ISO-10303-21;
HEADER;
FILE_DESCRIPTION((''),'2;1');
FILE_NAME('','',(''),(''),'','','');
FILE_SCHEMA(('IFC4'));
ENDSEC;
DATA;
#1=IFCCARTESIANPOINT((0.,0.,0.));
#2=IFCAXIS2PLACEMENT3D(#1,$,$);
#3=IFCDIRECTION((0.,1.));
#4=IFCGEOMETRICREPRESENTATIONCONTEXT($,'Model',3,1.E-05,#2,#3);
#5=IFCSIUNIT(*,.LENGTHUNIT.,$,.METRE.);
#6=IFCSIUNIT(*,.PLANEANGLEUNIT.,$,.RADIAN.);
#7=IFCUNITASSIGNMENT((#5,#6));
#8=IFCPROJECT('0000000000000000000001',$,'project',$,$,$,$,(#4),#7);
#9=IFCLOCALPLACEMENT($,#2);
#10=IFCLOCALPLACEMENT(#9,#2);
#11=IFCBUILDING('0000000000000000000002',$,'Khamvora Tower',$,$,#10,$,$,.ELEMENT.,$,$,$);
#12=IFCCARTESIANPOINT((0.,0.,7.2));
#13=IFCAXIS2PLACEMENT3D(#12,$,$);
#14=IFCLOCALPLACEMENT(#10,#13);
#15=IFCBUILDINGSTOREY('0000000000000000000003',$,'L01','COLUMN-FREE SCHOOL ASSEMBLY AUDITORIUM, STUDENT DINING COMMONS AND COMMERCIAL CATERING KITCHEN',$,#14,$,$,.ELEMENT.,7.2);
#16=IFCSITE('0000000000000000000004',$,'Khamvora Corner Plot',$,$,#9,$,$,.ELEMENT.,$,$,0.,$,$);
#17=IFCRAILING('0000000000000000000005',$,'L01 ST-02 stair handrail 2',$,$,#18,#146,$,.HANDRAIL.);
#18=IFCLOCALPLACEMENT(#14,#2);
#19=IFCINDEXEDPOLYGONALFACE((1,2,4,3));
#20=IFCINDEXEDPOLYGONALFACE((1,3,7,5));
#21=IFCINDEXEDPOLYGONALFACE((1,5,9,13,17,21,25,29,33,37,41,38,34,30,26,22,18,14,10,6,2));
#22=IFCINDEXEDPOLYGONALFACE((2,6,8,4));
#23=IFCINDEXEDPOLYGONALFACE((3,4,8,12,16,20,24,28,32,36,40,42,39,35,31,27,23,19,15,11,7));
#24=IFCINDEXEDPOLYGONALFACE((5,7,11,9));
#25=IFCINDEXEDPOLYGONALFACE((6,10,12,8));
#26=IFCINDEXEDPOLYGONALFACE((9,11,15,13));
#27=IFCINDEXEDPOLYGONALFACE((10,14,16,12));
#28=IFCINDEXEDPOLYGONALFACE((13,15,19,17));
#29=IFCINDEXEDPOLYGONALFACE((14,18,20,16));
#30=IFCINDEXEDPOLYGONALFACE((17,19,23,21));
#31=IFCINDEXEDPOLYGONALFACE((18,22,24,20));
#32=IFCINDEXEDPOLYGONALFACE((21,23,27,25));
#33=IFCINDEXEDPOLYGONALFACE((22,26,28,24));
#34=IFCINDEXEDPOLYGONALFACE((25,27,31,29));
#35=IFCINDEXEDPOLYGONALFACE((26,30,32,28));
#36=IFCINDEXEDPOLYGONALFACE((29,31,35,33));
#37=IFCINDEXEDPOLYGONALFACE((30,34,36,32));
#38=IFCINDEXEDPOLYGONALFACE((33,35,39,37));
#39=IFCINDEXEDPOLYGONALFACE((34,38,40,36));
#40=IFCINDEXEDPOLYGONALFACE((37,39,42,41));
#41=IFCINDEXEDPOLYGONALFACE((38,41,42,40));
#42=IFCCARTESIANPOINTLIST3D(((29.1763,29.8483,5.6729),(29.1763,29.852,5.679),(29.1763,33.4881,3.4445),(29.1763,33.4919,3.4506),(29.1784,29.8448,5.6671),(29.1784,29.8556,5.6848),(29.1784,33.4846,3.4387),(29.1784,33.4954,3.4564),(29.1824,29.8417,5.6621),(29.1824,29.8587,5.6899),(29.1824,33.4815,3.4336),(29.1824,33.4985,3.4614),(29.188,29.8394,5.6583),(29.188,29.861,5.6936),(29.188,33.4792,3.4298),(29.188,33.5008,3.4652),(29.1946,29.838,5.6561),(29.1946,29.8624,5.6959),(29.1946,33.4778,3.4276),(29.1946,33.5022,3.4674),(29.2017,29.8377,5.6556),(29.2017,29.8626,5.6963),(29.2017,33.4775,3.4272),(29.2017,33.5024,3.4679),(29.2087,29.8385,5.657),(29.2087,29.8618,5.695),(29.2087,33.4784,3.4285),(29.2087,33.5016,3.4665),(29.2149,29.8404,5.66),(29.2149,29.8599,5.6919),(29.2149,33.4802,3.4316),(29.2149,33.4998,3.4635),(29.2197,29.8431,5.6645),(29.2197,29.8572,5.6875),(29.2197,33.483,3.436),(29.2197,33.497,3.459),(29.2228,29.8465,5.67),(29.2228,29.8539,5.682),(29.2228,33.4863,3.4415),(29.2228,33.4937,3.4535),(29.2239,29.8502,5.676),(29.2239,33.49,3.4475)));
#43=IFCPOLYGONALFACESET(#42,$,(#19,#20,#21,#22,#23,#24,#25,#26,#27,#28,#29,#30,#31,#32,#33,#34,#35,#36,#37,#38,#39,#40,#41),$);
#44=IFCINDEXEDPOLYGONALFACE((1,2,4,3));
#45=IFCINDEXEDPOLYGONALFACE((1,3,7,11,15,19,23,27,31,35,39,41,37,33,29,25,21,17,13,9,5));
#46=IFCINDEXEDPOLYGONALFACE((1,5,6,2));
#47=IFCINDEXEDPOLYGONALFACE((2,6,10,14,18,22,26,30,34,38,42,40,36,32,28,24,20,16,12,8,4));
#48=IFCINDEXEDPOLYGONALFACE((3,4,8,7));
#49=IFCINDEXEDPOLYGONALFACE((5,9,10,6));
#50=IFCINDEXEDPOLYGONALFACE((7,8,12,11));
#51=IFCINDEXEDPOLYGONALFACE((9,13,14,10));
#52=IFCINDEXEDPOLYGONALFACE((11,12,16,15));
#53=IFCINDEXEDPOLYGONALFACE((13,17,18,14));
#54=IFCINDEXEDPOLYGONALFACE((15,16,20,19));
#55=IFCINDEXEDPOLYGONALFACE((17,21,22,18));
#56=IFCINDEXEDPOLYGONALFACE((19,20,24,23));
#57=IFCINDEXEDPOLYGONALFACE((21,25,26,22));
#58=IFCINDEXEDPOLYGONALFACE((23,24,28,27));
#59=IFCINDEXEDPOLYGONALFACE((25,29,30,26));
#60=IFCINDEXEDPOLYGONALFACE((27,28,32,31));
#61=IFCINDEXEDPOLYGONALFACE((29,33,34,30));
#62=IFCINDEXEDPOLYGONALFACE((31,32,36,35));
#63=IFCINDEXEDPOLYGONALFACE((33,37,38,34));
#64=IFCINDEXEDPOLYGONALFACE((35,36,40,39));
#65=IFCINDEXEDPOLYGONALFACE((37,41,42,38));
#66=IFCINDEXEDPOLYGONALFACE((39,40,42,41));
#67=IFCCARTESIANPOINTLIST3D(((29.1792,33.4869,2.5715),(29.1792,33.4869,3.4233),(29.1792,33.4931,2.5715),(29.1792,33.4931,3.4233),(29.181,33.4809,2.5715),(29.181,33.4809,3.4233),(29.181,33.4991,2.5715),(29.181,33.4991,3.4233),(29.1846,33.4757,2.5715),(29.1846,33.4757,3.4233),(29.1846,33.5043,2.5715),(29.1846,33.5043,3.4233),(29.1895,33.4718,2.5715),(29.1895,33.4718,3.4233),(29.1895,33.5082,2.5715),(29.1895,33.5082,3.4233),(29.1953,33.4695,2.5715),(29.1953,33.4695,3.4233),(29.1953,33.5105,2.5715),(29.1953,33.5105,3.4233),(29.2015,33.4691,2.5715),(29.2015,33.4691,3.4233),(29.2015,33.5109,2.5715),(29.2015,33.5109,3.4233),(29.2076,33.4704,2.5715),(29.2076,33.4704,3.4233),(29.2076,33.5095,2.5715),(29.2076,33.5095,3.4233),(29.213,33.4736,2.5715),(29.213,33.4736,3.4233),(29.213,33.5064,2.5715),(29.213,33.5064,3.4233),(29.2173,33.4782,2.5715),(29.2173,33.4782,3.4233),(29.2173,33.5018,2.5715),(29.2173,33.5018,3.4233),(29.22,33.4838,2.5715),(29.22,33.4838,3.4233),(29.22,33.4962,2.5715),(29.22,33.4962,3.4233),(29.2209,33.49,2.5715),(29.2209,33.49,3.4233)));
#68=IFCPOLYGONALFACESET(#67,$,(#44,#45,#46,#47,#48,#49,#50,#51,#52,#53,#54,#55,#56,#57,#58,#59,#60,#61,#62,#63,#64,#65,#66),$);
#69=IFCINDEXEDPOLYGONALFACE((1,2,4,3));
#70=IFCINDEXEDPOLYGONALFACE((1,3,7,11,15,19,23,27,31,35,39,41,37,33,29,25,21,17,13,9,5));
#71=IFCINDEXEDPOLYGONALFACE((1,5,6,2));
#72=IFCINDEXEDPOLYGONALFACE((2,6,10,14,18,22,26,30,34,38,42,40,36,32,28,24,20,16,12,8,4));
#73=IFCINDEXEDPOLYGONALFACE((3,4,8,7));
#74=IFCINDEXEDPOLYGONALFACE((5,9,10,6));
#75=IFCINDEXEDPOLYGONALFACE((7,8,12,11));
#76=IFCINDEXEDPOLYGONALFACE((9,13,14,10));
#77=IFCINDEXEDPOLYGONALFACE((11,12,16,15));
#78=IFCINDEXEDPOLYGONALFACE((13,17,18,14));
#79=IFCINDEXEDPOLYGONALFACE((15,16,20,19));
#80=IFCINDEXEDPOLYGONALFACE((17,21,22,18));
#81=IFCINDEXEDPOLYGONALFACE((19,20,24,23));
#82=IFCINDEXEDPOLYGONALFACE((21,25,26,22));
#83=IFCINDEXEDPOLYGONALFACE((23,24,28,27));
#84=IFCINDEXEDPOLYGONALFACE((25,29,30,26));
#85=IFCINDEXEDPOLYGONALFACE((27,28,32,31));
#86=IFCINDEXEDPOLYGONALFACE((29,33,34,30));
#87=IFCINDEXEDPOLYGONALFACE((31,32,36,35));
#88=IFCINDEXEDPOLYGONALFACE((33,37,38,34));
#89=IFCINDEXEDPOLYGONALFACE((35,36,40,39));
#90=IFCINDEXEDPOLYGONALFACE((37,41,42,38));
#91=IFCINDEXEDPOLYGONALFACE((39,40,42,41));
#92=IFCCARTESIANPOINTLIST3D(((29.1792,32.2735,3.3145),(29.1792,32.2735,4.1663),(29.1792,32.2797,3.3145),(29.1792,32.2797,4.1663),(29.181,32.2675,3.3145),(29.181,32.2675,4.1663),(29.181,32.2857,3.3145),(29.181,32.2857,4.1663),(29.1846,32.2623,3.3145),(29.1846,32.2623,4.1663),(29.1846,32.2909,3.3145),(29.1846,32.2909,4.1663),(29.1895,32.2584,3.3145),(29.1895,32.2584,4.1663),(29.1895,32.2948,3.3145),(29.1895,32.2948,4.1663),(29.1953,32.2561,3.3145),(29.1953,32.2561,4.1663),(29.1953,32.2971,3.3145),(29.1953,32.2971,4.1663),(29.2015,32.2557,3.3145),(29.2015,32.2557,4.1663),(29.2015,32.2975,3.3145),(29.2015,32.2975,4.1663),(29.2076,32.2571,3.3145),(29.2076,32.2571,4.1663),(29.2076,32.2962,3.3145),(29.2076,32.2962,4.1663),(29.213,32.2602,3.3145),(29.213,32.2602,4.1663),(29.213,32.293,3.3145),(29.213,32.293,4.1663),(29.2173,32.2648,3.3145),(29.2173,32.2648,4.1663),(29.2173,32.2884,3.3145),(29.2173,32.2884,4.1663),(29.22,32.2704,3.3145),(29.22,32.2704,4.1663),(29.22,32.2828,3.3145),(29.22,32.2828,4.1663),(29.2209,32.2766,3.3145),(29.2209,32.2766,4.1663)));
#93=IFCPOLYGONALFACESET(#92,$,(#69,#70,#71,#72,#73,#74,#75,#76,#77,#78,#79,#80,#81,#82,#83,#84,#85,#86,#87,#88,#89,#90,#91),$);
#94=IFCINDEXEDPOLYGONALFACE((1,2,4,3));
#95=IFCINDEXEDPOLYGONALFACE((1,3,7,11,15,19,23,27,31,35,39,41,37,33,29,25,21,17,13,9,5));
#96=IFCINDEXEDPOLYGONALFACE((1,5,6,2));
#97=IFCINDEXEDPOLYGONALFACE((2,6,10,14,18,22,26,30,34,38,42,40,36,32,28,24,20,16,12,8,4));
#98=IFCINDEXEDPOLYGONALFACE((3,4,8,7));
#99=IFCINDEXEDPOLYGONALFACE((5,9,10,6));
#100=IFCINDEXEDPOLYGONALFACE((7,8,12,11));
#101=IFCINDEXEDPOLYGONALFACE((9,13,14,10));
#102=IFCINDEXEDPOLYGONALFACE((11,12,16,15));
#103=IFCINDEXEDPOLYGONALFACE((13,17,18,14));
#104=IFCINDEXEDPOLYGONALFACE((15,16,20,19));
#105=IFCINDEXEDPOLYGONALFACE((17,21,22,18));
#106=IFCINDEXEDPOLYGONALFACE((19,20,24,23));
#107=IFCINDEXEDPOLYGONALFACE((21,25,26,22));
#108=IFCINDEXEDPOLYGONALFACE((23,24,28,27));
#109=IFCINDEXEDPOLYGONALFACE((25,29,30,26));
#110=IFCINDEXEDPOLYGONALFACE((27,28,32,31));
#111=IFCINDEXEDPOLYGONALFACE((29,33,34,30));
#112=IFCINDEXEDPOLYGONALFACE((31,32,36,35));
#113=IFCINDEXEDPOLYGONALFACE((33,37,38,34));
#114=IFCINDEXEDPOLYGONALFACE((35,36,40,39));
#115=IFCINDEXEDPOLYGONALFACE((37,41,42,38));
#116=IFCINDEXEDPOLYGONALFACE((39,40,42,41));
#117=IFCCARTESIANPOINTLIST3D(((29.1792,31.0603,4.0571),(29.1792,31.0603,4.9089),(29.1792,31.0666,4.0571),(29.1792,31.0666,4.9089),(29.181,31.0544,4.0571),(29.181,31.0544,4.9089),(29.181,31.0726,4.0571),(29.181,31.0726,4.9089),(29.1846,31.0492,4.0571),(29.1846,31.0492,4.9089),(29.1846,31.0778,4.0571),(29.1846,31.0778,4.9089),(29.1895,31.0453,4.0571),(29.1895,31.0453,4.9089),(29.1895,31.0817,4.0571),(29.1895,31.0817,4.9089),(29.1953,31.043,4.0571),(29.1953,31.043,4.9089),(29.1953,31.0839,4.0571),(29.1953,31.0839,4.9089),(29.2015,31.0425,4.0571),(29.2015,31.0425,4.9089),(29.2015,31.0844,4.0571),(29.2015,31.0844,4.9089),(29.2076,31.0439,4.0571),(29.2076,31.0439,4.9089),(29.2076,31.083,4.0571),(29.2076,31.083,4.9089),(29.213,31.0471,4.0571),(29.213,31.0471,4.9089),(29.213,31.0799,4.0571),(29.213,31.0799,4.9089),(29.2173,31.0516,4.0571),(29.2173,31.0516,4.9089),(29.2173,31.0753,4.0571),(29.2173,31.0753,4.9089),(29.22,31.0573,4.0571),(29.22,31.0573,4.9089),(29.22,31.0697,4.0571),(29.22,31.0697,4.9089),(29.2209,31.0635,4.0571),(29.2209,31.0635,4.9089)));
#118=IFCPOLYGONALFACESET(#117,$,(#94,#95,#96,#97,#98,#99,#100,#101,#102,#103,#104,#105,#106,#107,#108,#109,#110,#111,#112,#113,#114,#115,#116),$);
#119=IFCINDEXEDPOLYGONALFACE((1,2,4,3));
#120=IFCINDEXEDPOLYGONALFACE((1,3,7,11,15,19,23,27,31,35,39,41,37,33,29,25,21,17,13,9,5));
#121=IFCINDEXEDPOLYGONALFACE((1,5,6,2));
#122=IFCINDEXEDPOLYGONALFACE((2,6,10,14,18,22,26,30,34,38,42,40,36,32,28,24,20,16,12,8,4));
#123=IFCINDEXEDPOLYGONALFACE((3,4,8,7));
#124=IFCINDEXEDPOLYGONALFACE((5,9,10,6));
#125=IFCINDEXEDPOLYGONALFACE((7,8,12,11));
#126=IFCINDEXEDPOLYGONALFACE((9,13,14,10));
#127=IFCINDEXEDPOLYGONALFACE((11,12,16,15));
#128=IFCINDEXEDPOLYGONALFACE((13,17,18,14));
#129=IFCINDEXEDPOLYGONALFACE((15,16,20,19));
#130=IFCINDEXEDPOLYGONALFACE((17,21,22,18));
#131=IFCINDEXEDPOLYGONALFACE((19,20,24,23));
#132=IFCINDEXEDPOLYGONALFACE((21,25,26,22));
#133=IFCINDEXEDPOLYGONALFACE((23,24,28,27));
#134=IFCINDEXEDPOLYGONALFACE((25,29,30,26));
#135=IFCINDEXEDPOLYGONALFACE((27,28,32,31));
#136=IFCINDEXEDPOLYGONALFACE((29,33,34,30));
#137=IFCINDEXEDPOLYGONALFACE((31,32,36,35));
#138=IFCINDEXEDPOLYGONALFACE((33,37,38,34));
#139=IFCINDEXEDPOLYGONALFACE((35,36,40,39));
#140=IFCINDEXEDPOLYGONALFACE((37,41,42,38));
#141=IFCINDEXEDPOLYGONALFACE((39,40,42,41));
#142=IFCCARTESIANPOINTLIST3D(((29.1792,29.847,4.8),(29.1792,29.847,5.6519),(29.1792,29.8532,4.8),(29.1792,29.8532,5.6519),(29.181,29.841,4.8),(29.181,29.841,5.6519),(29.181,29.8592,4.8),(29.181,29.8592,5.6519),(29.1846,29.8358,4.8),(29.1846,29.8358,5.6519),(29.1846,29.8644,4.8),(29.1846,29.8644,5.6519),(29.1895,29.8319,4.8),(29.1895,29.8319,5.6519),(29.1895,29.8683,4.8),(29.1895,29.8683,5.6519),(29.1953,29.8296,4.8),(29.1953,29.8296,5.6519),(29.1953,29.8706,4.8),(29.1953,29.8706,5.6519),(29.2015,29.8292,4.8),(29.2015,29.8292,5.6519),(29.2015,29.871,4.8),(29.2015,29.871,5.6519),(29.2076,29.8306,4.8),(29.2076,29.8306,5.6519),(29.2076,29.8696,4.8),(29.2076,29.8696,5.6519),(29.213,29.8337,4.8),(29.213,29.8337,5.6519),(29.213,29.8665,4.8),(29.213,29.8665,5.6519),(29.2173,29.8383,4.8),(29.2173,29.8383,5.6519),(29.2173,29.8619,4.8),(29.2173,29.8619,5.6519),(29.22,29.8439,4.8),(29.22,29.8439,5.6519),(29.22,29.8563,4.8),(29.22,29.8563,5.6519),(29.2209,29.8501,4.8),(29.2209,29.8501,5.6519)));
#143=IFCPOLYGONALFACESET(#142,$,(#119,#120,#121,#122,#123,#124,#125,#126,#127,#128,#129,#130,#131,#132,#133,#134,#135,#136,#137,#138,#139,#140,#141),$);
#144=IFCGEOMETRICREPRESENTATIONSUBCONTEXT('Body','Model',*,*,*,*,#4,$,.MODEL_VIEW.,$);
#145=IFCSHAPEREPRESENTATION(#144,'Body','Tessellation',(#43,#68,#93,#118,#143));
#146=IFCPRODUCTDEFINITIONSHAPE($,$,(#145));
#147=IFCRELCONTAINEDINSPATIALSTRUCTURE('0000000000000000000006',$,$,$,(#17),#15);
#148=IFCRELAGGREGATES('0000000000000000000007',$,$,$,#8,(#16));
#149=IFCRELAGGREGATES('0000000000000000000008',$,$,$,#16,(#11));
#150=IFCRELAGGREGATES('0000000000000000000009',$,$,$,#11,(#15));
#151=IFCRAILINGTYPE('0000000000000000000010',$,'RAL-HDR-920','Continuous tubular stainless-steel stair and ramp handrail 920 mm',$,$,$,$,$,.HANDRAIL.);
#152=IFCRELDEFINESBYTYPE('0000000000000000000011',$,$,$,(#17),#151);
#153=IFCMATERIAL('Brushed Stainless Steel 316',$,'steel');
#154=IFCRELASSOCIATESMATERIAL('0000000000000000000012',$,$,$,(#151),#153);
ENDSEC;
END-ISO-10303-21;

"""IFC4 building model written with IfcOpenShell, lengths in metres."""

from ifc_helpers import new_model, si_unit, direction, frame, origin, origin_2d, place, context, subcontext, project, spatial, circle, extrude, material, type_object, element, save


model = new_model("IFC4")

# Units and contexts
model_context = context("Model", 3, precision=1e-05, world=origin(), true_north=direction((0.0, 1.0)))
body_context = subcontext(model_context, "Body", "Model", "MODEL_VIEW")
ifc_project = project(units=[si_unit("LENGTHUNIT", "METRE"), si_unit("PLANEANGLEUNIT", "RADIAN")], contexts=[model_context])

# Site, building, storey
site_placement = place(None, origin())
site = spatial("IfcSite", under=ifc_project, at=site_placement, Name="Khamvora Corner Plot", CompositionType="ELEMENT", RefElevation=0.0)
building_placement = place(site_placement, origin())
building = spatial("IfcBuilding", under=site, at=building_placement, Name="Khamvora Tower", CompositionType="ELEMENT")
storey_placement = place(building_placement, frame((0.0, 0.0, 7.2)))
storey = spatial("IfcBuildingStorey", under=building, at=storey_placement, Name="L01", Description="COLUMN-FREE SCHOOL ASSEMBLY AUDITORIUM, STUDENT DINING COMMONS AND COMMERCIAL CATERING KITCHEN", CompositionType="ELEMENT", Elevation=7.2)

# Railing
ifc_material_1 = material(Name="Brushed Stainless Steel 316", Category="steel")
railing_type_1 = type_object("IfcRailingType", Name="RAL-HDR-920", Description="Continuous tubular stainless-steel stair and ramp handrail 920 mm", PredefinedType="HANDRAIL", material=ifc_material_1)
railing_1_placement = place(storey_placement, frame((29.2, 33.49, 2.5715)))
element("IfcRailing", 1, at=railing_1_placement, inside=storey, type_object=railing_type_1, Name="L01 ST-02 stair handrail 2", PredefinedType="HANDRAIL", context=body_context, shape_type="SweptSolid", body=[
    extrude(circle(Radius=0.0239, at=origin_2d()), frame((0.0, 0.0, 0.876), z_axis=(0.0, -0.85285, 0.522156), x_axis=(1.0, 0.0, 0.0)), (0.0, 0.0, 1.0), 4.2678),
    extrude(circle(Radius=0.021, at=origin_2d()), origin(), (0.0, 0.0, 1.0), 0.8518),
    extrude(circle(Radius=0.021, at=origin_2d()), frame((0.0, -1.2134, 0.7429)), (0.0, 0.0, 1.0), 0.8518),
    extrude(circle(Radius=0.021, at=origin_2d()), frame((0.0, -2.4265, 1.4856)), (0.0, 0.0, 1.0), 0.8518),
    extrude(circle(Radius=0.021, at=origin_2d()), frame((0.0, -3.6399, 2.2285)), (0.0, 0.0, 1.0), 0.8518),
])

save(model, "model.ifc")
